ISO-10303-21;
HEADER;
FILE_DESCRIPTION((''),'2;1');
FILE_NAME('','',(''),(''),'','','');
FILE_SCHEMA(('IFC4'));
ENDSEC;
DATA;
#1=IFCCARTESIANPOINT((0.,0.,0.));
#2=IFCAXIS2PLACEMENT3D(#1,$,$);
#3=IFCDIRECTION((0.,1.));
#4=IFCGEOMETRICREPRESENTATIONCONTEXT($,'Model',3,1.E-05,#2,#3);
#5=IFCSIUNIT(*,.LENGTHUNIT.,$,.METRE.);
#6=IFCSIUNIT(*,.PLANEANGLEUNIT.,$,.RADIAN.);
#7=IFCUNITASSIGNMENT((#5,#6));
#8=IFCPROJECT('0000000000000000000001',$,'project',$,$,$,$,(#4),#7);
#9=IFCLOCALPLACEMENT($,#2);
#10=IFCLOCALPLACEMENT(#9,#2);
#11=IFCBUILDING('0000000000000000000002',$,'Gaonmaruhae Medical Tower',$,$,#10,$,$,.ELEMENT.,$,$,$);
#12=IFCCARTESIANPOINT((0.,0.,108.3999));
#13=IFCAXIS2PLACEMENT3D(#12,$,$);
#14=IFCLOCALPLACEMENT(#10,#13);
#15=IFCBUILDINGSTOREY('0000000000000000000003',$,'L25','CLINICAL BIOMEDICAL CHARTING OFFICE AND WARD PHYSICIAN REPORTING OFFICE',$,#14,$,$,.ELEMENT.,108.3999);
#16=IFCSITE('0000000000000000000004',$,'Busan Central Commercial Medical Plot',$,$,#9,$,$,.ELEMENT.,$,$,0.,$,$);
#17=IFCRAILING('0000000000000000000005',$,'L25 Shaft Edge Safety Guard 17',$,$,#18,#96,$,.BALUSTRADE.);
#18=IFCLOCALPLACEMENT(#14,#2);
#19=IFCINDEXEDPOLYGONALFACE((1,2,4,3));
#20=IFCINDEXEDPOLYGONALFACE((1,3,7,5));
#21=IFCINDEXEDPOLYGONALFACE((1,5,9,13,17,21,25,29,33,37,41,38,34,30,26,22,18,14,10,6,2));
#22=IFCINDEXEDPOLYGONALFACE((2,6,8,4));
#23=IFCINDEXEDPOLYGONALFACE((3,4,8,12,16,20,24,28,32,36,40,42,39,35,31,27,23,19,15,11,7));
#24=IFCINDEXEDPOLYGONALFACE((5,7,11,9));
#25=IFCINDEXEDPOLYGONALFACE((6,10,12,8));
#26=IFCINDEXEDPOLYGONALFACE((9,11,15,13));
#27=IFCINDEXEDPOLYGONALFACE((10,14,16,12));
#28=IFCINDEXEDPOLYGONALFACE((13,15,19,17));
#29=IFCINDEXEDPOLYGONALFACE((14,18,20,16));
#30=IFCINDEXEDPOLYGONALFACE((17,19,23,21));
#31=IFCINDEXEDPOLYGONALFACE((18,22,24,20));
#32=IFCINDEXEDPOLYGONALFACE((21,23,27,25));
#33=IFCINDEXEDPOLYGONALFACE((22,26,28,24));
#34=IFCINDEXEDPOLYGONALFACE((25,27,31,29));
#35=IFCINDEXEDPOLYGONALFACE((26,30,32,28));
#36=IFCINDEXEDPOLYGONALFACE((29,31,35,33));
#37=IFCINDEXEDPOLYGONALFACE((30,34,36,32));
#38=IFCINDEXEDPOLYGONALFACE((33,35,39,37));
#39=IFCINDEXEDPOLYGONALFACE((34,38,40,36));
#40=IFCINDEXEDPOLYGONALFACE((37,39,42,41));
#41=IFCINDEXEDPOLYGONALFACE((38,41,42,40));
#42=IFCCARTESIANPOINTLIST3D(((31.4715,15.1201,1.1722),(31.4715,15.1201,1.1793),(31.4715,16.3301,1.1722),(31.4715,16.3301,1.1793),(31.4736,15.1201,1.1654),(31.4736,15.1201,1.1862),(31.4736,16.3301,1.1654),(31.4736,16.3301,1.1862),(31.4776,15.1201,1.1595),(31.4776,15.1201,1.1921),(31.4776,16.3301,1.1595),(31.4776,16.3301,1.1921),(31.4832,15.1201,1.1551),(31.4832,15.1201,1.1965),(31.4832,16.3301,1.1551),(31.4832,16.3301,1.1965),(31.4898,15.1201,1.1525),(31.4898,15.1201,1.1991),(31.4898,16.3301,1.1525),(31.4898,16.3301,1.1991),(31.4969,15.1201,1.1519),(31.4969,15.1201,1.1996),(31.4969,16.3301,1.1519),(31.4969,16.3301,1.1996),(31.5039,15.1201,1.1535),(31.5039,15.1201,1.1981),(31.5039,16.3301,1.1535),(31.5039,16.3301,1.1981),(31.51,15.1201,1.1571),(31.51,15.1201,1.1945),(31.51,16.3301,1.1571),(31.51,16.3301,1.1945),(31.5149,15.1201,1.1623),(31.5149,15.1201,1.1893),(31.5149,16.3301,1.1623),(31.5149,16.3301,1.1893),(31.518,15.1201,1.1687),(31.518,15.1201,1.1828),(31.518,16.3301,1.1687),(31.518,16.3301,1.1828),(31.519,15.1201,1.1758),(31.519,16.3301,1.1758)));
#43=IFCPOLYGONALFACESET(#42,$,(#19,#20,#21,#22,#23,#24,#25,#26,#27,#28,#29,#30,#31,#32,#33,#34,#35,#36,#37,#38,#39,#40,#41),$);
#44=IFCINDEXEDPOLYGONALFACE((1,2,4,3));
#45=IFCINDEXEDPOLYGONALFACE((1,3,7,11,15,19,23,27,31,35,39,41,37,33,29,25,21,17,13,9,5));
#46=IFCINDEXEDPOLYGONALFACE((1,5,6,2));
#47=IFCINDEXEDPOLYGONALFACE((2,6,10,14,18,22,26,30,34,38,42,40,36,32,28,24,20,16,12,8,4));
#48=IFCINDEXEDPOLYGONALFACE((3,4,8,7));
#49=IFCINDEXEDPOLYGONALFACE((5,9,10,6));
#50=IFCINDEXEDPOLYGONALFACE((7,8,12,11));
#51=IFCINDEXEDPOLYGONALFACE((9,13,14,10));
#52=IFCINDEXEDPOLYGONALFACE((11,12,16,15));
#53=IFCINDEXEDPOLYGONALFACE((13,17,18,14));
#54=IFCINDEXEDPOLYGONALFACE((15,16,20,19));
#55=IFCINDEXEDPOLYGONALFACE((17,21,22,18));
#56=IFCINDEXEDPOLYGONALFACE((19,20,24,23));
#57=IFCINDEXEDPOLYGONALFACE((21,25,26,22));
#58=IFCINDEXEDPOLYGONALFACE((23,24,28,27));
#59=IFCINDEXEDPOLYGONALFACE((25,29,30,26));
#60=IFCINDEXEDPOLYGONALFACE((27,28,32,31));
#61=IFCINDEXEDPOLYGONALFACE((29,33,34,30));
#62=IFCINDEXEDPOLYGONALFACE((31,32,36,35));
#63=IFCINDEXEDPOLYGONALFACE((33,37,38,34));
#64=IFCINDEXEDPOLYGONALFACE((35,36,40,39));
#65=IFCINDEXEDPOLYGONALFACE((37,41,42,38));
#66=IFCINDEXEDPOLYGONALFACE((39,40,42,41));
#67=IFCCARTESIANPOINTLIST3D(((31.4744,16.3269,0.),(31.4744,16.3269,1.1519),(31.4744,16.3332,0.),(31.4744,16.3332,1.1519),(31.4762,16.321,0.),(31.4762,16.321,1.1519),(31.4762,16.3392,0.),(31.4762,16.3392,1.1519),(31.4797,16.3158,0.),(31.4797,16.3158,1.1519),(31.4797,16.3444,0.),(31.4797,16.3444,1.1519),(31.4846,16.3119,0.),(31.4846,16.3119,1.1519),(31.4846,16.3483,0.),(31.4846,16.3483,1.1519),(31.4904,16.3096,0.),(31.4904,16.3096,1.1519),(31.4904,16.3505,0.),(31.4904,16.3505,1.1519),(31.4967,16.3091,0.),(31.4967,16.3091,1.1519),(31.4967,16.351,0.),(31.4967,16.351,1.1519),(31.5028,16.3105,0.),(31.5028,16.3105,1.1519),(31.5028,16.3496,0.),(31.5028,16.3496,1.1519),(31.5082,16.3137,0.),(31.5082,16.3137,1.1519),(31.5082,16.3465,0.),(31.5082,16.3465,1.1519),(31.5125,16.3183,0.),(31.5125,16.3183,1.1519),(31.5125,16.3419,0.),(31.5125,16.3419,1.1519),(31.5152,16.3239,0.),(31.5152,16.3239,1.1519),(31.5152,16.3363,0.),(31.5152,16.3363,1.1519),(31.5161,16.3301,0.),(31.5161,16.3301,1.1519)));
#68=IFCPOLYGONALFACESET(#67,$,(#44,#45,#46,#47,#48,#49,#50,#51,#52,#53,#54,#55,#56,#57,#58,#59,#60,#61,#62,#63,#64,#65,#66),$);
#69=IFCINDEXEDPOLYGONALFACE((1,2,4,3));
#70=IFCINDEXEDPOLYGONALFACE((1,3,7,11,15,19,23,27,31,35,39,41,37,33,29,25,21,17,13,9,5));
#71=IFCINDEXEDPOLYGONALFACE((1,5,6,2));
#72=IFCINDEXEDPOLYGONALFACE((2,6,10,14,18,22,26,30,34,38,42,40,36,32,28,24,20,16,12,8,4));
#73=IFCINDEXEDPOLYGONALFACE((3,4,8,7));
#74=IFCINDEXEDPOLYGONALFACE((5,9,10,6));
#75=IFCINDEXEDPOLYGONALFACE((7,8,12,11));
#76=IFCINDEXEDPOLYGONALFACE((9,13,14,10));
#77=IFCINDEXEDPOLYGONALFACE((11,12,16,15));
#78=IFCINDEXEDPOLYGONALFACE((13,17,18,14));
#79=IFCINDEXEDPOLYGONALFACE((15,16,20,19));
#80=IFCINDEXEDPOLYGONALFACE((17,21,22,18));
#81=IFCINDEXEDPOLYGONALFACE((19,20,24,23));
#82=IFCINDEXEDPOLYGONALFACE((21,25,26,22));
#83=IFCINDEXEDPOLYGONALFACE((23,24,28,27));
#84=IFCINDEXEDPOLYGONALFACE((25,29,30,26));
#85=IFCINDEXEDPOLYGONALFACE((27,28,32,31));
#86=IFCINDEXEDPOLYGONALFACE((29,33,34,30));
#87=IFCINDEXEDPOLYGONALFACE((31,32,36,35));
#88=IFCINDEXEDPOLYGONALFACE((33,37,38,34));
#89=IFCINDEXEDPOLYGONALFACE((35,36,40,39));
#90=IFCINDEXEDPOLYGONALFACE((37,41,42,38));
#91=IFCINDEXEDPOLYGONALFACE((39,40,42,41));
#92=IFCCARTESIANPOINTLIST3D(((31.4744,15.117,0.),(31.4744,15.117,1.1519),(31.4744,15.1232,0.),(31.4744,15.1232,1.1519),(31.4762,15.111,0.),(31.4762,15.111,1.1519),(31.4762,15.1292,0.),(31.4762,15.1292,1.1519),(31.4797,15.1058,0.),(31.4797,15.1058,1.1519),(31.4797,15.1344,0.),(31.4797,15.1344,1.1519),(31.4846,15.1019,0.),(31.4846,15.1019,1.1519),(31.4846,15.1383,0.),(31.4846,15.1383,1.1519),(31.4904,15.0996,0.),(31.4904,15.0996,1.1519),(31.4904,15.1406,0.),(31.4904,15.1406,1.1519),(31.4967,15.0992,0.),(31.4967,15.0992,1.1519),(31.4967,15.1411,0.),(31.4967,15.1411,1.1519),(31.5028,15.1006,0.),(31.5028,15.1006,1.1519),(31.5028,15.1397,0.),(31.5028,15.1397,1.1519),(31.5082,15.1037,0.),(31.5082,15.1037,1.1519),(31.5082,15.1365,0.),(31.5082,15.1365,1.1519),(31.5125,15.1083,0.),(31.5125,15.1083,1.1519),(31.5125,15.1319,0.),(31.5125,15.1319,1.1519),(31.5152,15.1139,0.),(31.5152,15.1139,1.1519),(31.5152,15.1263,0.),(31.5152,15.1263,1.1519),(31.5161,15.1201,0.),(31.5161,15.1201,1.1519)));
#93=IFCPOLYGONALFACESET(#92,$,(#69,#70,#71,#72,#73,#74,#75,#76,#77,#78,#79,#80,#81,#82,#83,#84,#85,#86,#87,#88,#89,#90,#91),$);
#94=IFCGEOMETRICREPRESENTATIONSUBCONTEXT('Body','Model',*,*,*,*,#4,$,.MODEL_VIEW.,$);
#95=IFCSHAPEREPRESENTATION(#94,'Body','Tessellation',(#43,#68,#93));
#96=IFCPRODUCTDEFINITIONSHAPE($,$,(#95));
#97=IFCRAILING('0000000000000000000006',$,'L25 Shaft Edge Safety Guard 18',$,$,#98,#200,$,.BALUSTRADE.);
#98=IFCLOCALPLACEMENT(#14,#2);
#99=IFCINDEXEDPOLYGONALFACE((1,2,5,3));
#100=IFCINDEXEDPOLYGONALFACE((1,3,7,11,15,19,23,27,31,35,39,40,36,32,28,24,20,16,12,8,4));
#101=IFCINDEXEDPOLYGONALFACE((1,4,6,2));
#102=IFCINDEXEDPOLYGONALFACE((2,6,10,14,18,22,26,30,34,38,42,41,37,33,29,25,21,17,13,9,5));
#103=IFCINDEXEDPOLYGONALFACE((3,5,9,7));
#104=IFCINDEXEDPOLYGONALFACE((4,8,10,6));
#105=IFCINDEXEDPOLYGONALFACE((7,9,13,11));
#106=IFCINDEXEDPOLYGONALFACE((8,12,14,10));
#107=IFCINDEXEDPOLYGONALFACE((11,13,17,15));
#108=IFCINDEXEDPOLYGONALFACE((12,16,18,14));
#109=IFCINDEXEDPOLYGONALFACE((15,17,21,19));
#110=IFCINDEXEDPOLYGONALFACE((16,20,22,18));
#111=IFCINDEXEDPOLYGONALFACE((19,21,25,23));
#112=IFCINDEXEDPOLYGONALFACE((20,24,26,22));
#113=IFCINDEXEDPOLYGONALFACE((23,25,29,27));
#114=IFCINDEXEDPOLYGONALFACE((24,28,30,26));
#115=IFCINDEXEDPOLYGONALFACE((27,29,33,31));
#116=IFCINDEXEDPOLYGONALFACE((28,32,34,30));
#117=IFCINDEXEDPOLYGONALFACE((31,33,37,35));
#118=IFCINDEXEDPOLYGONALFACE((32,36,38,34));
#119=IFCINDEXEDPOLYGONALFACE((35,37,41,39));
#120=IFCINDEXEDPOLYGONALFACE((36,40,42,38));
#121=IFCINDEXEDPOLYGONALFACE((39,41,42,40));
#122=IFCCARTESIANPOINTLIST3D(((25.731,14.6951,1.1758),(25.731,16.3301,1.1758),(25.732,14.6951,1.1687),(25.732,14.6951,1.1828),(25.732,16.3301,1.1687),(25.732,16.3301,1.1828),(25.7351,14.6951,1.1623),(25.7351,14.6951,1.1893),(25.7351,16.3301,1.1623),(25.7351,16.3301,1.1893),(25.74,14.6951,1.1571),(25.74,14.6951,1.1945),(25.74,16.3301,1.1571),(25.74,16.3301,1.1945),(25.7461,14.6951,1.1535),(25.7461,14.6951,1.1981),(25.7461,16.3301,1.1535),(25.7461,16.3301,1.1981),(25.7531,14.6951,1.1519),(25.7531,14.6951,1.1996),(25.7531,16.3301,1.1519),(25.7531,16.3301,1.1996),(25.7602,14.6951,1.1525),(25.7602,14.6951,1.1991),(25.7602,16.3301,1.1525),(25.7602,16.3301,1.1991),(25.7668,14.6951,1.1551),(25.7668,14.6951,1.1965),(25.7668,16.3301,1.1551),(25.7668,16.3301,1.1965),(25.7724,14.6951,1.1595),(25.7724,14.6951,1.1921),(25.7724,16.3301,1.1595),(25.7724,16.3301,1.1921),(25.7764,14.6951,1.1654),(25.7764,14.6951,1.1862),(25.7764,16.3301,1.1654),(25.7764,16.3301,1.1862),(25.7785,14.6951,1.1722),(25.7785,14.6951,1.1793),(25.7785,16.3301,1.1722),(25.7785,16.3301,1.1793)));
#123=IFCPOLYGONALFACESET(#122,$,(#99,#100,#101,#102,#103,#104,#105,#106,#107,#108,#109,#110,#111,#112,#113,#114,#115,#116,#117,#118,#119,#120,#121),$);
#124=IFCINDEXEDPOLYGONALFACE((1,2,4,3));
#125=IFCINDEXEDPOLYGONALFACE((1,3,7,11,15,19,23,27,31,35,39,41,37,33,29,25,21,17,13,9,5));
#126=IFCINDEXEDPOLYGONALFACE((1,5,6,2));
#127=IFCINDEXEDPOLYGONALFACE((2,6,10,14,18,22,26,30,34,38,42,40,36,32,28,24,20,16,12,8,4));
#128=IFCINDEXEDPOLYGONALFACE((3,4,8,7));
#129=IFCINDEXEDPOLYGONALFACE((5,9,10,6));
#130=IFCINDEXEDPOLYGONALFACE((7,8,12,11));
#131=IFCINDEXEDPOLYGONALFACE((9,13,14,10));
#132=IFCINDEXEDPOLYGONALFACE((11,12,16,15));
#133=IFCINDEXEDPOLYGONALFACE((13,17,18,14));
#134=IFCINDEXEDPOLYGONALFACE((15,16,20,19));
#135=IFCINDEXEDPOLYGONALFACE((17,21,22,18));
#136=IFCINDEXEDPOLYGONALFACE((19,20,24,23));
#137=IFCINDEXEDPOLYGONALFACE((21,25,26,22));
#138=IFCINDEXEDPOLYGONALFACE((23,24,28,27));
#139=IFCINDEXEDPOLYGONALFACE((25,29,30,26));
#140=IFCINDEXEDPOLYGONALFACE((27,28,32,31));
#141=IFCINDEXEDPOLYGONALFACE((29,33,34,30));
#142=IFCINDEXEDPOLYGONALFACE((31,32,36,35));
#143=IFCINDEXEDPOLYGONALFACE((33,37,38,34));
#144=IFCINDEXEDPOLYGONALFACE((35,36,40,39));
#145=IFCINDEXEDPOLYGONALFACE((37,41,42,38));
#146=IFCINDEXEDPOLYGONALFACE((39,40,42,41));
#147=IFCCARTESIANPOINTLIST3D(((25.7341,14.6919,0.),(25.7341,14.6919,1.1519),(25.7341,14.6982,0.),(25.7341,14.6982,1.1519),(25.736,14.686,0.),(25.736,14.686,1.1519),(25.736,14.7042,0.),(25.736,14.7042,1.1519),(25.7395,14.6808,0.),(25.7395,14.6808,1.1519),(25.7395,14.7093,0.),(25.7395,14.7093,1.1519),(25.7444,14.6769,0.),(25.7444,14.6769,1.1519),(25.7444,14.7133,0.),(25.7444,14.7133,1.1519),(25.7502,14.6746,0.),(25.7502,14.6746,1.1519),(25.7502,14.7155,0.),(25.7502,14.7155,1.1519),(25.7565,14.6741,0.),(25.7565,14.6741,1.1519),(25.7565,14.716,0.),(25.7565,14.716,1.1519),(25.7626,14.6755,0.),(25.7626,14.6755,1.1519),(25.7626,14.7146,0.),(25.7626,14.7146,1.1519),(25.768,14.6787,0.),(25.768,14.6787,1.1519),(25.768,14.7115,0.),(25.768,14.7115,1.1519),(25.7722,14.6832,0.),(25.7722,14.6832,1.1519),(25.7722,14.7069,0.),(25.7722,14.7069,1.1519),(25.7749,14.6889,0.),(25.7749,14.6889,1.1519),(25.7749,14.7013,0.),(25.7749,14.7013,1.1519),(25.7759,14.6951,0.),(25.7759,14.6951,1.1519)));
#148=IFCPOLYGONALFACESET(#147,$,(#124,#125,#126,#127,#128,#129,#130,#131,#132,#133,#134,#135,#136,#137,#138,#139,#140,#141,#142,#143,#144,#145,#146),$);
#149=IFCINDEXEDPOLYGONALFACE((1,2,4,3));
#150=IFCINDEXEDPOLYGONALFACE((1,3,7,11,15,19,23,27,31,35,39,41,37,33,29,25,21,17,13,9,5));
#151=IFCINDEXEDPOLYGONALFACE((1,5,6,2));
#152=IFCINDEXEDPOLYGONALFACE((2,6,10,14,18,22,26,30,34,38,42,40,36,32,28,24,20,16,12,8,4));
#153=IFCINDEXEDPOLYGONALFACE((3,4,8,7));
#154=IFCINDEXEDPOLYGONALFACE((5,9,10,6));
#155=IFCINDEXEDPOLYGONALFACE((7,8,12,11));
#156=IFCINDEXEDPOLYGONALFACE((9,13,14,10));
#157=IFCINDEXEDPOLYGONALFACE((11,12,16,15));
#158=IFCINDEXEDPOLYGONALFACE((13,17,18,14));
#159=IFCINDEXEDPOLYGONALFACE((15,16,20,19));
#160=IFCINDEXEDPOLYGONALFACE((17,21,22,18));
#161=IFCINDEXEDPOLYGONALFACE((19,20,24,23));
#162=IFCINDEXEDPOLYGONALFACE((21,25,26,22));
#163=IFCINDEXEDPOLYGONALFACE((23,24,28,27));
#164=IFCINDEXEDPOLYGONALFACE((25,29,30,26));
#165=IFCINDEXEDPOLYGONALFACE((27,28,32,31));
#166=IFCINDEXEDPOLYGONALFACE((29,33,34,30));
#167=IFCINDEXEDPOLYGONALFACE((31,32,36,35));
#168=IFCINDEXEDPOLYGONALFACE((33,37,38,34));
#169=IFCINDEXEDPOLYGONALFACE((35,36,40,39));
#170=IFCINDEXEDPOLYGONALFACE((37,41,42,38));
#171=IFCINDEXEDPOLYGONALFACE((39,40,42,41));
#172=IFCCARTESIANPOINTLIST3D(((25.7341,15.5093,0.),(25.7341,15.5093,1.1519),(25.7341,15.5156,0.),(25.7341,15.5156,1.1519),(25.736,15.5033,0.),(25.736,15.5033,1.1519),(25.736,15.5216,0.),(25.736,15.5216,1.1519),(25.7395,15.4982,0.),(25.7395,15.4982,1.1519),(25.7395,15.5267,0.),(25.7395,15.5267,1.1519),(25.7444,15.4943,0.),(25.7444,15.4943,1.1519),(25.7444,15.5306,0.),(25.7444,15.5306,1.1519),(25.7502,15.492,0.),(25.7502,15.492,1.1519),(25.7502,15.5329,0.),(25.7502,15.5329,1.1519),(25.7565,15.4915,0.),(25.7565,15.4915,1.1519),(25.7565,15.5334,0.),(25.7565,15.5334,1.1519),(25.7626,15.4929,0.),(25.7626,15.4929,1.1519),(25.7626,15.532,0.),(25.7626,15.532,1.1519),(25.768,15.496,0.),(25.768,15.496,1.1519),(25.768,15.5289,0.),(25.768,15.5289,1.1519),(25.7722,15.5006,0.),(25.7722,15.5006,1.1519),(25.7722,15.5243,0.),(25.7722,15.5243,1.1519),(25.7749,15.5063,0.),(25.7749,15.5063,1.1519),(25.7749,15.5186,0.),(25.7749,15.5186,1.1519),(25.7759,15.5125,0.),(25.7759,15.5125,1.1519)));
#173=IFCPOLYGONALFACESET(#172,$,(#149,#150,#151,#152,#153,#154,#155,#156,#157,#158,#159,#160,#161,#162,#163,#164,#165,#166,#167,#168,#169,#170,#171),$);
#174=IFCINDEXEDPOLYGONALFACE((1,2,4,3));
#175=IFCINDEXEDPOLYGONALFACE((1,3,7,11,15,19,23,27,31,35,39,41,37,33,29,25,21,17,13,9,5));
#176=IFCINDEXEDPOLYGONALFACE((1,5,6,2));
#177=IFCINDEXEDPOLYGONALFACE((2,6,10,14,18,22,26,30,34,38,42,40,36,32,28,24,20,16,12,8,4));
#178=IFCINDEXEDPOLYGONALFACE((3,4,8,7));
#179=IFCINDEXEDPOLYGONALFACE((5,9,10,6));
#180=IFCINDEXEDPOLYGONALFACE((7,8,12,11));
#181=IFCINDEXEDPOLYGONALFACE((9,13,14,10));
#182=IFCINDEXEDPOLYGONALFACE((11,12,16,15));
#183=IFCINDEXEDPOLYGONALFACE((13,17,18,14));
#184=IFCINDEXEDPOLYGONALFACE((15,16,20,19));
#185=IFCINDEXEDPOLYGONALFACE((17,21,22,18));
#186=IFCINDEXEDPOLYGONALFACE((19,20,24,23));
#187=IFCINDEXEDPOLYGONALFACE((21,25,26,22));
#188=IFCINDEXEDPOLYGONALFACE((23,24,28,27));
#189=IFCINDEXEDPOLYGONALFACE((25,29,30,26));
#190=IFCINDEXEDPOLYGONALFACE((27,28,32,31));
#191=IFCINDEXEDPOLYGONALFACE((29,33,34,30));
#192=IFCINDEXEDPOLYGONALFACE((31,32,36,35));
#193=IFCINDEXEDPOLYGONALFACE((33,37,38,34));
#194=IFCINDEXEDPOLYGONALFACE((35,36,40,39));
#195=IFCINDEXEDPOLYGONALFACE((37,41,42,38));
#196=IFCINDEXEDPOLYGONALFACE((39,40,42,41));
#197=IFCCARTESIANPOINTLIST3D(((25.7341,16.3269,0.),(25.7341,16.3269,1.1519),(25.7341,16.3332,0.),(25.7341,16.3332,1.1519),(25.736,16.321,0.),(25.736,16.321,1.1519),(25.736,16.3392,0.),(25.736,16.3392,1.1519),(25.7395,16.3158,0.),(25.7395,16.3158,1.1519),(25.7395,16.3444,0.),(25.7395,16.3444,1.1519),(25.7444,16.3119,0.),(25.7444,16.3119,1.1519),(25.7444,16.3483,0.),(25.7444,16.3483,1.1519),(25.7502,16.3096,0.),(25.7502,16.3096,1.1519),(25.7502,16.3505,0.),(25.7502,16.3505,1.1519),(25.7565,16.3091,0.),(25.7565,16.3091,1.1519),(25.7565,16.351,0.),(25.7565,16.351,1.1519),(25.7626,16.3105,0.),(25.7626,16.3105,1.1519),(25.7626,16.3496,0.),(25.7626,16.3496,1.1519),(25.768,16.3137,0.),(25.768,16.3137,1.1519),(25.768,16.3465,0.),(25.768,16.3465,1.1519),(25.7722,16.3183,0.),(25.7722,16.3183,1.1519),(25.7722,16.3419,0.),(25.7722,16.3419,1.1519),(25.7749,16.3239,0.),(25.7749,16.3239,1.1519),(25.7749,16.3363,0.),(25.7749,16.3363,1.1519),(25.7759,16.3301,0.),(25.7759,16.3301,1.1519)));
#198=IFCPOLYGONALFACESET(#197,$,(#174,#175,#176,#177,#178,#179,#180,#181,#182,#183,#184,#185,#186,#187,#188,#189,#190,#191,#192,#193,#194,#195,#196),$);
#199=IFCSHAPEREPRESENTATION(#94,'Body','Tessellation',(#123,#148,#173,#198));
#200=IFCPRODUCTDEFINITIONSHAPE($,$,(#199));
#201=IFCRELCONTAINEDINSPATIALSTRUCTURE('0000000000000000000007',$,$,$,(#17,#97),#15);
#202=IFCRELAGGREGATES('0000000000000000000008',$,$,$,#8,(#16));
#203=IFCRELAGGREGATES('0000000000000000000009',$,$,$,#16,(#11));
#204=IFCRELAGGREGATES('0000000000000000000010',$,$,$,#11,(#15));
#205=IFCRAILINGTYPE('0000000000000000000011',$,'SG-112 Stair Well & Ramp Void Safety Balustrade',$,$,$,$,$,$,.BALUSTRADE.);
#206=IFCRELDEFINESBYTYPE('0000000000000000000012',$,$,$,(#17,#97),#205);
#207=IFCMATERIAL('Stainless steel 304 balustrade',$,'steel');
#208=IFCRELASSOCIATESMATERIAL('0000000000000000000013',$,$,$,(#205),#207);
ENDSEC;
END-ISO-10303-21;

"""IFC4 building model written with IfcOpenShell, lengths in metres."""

from ifc_helpers import new_model, si_unit, direction, frame, origin, origin_2d, place, context, subcontext, project, spatial, circle, extrude, material, type_object, element, save


model = new_model("IFC4")

# Units and contexts
model_context = context("Model", 3, precision=1e-05, world=origin(), true_north=direction((0.0, 1.0)))
body_context = subcontext(model_context, "Body", "Model", "MODEL_VIEW")
ifc_project = project(units=[si_unit("LENGTHUNIT", "METRE"), si_unit("PLANEANGLEUNIT", "RADIAN")], contexts=[model_context])

# Site, building, storey
site_placement = place(None, origin())
site = spatial("IfcSite", under=ifc_project, at=site_placement, Name="Busan Central Commercial Medical Plot", CompositionType="ELEMENT", RefElevation=0.0)
building_placement = place(site_placement, origin())
building = spatial("IfcBuilding", under=site, at=building_placement, Name="Gaonmaruhae Medical Tower", CompositionType="ELEMENT")
storey_placement = place(building_placement, frame((0.0, 0.0, 108.3999)))
storey = spatial("IfcBuildingStorey", under=building, at=storey_placement, Name="L25", Description="CLINICAL BIOMEDICAL CHARTING OFFICE AND WARD PHYSICIAN REPORTING OFFICE", CompositionType="ELEMENT", Elevation=108.3999)

# Railings
ifc_material_1 = material(Name="Stainless steel 304 balustrade", Category="steel")
railing_type = type_object("IfcRailingType", Name="SG-112 Stair Well & Ramp Void Safety Balustrade", PredefinedType="BALUSTRADE", material=ifc_material_1)
railing_1_placement = place(storey_placement, frame((31.4951, 16.3301, 0.0)))
element("IfcRailing", 1, at=railing_1_placement, inside=storey, type_object=railing_type, Name="L25 Shaft Edge Safety Guard 17", PredefinedType="BALUSTRADE", context=body_context, shape_type="SweptSolid", body=[
    extrude(circle(Radius=0.0239, at=origin_2d()), frame((0.0, 0.0, 1.1758), z_axis=(0.0, -1.0, 0.0), x_axis=(1.0, 0.0, 0.0)), (0.0, 0.0, 1.0), 1.21),
    extrude(circle(Radius=0.021, at=origin_2d()), origin(), (0.0, 0.0, 1.0), 1.1519),
    extrude(circle(Radius=0.021, at=origin_2d()), frame((0.0, -1.21, 0.0)), (0.0, 0.0, 1.0), 1.1519),
])
railing_2_placement = place(storey_placement, frame((25.7549, 14.6951, 0.0)))
element("IfcRailing", 2, at=railing_2_placement, inside=storey, type_object=railing_type, Name="L25 Shaft Edge Safety Guard 18", PredefinedType="BALUSTRADE", context=body_context, shape_type="SweptSolid", body=[
    extrude(circle(Radius=0.0239, at=origin_2d()), frame((0.0, 0.0, 1.1758), z_axis=(0.0, 1.0, 0.0), x_axis=(-1.0, 0.0, 0.0)), (0.0, 0.0, 1.0), 1.635),
    extrude(circle(Radius=0.021, at=origin_2d()), origin(), (0.0, 0.0, 1.0), 1.1519),
    extrude(circle(Radius=0.021, at=origin_2d()), frame((0.0, 0.8174, 0.0)), (0.0, 0.0, 1.0), 1.1519),
    extrude(circle(Radius=0.021, at=origin_2d()), frame((0.0, 1.635, 0.0)), (0.0, 0.0, 1.0), 1.1519),
])

save(model, "model.ifc")
